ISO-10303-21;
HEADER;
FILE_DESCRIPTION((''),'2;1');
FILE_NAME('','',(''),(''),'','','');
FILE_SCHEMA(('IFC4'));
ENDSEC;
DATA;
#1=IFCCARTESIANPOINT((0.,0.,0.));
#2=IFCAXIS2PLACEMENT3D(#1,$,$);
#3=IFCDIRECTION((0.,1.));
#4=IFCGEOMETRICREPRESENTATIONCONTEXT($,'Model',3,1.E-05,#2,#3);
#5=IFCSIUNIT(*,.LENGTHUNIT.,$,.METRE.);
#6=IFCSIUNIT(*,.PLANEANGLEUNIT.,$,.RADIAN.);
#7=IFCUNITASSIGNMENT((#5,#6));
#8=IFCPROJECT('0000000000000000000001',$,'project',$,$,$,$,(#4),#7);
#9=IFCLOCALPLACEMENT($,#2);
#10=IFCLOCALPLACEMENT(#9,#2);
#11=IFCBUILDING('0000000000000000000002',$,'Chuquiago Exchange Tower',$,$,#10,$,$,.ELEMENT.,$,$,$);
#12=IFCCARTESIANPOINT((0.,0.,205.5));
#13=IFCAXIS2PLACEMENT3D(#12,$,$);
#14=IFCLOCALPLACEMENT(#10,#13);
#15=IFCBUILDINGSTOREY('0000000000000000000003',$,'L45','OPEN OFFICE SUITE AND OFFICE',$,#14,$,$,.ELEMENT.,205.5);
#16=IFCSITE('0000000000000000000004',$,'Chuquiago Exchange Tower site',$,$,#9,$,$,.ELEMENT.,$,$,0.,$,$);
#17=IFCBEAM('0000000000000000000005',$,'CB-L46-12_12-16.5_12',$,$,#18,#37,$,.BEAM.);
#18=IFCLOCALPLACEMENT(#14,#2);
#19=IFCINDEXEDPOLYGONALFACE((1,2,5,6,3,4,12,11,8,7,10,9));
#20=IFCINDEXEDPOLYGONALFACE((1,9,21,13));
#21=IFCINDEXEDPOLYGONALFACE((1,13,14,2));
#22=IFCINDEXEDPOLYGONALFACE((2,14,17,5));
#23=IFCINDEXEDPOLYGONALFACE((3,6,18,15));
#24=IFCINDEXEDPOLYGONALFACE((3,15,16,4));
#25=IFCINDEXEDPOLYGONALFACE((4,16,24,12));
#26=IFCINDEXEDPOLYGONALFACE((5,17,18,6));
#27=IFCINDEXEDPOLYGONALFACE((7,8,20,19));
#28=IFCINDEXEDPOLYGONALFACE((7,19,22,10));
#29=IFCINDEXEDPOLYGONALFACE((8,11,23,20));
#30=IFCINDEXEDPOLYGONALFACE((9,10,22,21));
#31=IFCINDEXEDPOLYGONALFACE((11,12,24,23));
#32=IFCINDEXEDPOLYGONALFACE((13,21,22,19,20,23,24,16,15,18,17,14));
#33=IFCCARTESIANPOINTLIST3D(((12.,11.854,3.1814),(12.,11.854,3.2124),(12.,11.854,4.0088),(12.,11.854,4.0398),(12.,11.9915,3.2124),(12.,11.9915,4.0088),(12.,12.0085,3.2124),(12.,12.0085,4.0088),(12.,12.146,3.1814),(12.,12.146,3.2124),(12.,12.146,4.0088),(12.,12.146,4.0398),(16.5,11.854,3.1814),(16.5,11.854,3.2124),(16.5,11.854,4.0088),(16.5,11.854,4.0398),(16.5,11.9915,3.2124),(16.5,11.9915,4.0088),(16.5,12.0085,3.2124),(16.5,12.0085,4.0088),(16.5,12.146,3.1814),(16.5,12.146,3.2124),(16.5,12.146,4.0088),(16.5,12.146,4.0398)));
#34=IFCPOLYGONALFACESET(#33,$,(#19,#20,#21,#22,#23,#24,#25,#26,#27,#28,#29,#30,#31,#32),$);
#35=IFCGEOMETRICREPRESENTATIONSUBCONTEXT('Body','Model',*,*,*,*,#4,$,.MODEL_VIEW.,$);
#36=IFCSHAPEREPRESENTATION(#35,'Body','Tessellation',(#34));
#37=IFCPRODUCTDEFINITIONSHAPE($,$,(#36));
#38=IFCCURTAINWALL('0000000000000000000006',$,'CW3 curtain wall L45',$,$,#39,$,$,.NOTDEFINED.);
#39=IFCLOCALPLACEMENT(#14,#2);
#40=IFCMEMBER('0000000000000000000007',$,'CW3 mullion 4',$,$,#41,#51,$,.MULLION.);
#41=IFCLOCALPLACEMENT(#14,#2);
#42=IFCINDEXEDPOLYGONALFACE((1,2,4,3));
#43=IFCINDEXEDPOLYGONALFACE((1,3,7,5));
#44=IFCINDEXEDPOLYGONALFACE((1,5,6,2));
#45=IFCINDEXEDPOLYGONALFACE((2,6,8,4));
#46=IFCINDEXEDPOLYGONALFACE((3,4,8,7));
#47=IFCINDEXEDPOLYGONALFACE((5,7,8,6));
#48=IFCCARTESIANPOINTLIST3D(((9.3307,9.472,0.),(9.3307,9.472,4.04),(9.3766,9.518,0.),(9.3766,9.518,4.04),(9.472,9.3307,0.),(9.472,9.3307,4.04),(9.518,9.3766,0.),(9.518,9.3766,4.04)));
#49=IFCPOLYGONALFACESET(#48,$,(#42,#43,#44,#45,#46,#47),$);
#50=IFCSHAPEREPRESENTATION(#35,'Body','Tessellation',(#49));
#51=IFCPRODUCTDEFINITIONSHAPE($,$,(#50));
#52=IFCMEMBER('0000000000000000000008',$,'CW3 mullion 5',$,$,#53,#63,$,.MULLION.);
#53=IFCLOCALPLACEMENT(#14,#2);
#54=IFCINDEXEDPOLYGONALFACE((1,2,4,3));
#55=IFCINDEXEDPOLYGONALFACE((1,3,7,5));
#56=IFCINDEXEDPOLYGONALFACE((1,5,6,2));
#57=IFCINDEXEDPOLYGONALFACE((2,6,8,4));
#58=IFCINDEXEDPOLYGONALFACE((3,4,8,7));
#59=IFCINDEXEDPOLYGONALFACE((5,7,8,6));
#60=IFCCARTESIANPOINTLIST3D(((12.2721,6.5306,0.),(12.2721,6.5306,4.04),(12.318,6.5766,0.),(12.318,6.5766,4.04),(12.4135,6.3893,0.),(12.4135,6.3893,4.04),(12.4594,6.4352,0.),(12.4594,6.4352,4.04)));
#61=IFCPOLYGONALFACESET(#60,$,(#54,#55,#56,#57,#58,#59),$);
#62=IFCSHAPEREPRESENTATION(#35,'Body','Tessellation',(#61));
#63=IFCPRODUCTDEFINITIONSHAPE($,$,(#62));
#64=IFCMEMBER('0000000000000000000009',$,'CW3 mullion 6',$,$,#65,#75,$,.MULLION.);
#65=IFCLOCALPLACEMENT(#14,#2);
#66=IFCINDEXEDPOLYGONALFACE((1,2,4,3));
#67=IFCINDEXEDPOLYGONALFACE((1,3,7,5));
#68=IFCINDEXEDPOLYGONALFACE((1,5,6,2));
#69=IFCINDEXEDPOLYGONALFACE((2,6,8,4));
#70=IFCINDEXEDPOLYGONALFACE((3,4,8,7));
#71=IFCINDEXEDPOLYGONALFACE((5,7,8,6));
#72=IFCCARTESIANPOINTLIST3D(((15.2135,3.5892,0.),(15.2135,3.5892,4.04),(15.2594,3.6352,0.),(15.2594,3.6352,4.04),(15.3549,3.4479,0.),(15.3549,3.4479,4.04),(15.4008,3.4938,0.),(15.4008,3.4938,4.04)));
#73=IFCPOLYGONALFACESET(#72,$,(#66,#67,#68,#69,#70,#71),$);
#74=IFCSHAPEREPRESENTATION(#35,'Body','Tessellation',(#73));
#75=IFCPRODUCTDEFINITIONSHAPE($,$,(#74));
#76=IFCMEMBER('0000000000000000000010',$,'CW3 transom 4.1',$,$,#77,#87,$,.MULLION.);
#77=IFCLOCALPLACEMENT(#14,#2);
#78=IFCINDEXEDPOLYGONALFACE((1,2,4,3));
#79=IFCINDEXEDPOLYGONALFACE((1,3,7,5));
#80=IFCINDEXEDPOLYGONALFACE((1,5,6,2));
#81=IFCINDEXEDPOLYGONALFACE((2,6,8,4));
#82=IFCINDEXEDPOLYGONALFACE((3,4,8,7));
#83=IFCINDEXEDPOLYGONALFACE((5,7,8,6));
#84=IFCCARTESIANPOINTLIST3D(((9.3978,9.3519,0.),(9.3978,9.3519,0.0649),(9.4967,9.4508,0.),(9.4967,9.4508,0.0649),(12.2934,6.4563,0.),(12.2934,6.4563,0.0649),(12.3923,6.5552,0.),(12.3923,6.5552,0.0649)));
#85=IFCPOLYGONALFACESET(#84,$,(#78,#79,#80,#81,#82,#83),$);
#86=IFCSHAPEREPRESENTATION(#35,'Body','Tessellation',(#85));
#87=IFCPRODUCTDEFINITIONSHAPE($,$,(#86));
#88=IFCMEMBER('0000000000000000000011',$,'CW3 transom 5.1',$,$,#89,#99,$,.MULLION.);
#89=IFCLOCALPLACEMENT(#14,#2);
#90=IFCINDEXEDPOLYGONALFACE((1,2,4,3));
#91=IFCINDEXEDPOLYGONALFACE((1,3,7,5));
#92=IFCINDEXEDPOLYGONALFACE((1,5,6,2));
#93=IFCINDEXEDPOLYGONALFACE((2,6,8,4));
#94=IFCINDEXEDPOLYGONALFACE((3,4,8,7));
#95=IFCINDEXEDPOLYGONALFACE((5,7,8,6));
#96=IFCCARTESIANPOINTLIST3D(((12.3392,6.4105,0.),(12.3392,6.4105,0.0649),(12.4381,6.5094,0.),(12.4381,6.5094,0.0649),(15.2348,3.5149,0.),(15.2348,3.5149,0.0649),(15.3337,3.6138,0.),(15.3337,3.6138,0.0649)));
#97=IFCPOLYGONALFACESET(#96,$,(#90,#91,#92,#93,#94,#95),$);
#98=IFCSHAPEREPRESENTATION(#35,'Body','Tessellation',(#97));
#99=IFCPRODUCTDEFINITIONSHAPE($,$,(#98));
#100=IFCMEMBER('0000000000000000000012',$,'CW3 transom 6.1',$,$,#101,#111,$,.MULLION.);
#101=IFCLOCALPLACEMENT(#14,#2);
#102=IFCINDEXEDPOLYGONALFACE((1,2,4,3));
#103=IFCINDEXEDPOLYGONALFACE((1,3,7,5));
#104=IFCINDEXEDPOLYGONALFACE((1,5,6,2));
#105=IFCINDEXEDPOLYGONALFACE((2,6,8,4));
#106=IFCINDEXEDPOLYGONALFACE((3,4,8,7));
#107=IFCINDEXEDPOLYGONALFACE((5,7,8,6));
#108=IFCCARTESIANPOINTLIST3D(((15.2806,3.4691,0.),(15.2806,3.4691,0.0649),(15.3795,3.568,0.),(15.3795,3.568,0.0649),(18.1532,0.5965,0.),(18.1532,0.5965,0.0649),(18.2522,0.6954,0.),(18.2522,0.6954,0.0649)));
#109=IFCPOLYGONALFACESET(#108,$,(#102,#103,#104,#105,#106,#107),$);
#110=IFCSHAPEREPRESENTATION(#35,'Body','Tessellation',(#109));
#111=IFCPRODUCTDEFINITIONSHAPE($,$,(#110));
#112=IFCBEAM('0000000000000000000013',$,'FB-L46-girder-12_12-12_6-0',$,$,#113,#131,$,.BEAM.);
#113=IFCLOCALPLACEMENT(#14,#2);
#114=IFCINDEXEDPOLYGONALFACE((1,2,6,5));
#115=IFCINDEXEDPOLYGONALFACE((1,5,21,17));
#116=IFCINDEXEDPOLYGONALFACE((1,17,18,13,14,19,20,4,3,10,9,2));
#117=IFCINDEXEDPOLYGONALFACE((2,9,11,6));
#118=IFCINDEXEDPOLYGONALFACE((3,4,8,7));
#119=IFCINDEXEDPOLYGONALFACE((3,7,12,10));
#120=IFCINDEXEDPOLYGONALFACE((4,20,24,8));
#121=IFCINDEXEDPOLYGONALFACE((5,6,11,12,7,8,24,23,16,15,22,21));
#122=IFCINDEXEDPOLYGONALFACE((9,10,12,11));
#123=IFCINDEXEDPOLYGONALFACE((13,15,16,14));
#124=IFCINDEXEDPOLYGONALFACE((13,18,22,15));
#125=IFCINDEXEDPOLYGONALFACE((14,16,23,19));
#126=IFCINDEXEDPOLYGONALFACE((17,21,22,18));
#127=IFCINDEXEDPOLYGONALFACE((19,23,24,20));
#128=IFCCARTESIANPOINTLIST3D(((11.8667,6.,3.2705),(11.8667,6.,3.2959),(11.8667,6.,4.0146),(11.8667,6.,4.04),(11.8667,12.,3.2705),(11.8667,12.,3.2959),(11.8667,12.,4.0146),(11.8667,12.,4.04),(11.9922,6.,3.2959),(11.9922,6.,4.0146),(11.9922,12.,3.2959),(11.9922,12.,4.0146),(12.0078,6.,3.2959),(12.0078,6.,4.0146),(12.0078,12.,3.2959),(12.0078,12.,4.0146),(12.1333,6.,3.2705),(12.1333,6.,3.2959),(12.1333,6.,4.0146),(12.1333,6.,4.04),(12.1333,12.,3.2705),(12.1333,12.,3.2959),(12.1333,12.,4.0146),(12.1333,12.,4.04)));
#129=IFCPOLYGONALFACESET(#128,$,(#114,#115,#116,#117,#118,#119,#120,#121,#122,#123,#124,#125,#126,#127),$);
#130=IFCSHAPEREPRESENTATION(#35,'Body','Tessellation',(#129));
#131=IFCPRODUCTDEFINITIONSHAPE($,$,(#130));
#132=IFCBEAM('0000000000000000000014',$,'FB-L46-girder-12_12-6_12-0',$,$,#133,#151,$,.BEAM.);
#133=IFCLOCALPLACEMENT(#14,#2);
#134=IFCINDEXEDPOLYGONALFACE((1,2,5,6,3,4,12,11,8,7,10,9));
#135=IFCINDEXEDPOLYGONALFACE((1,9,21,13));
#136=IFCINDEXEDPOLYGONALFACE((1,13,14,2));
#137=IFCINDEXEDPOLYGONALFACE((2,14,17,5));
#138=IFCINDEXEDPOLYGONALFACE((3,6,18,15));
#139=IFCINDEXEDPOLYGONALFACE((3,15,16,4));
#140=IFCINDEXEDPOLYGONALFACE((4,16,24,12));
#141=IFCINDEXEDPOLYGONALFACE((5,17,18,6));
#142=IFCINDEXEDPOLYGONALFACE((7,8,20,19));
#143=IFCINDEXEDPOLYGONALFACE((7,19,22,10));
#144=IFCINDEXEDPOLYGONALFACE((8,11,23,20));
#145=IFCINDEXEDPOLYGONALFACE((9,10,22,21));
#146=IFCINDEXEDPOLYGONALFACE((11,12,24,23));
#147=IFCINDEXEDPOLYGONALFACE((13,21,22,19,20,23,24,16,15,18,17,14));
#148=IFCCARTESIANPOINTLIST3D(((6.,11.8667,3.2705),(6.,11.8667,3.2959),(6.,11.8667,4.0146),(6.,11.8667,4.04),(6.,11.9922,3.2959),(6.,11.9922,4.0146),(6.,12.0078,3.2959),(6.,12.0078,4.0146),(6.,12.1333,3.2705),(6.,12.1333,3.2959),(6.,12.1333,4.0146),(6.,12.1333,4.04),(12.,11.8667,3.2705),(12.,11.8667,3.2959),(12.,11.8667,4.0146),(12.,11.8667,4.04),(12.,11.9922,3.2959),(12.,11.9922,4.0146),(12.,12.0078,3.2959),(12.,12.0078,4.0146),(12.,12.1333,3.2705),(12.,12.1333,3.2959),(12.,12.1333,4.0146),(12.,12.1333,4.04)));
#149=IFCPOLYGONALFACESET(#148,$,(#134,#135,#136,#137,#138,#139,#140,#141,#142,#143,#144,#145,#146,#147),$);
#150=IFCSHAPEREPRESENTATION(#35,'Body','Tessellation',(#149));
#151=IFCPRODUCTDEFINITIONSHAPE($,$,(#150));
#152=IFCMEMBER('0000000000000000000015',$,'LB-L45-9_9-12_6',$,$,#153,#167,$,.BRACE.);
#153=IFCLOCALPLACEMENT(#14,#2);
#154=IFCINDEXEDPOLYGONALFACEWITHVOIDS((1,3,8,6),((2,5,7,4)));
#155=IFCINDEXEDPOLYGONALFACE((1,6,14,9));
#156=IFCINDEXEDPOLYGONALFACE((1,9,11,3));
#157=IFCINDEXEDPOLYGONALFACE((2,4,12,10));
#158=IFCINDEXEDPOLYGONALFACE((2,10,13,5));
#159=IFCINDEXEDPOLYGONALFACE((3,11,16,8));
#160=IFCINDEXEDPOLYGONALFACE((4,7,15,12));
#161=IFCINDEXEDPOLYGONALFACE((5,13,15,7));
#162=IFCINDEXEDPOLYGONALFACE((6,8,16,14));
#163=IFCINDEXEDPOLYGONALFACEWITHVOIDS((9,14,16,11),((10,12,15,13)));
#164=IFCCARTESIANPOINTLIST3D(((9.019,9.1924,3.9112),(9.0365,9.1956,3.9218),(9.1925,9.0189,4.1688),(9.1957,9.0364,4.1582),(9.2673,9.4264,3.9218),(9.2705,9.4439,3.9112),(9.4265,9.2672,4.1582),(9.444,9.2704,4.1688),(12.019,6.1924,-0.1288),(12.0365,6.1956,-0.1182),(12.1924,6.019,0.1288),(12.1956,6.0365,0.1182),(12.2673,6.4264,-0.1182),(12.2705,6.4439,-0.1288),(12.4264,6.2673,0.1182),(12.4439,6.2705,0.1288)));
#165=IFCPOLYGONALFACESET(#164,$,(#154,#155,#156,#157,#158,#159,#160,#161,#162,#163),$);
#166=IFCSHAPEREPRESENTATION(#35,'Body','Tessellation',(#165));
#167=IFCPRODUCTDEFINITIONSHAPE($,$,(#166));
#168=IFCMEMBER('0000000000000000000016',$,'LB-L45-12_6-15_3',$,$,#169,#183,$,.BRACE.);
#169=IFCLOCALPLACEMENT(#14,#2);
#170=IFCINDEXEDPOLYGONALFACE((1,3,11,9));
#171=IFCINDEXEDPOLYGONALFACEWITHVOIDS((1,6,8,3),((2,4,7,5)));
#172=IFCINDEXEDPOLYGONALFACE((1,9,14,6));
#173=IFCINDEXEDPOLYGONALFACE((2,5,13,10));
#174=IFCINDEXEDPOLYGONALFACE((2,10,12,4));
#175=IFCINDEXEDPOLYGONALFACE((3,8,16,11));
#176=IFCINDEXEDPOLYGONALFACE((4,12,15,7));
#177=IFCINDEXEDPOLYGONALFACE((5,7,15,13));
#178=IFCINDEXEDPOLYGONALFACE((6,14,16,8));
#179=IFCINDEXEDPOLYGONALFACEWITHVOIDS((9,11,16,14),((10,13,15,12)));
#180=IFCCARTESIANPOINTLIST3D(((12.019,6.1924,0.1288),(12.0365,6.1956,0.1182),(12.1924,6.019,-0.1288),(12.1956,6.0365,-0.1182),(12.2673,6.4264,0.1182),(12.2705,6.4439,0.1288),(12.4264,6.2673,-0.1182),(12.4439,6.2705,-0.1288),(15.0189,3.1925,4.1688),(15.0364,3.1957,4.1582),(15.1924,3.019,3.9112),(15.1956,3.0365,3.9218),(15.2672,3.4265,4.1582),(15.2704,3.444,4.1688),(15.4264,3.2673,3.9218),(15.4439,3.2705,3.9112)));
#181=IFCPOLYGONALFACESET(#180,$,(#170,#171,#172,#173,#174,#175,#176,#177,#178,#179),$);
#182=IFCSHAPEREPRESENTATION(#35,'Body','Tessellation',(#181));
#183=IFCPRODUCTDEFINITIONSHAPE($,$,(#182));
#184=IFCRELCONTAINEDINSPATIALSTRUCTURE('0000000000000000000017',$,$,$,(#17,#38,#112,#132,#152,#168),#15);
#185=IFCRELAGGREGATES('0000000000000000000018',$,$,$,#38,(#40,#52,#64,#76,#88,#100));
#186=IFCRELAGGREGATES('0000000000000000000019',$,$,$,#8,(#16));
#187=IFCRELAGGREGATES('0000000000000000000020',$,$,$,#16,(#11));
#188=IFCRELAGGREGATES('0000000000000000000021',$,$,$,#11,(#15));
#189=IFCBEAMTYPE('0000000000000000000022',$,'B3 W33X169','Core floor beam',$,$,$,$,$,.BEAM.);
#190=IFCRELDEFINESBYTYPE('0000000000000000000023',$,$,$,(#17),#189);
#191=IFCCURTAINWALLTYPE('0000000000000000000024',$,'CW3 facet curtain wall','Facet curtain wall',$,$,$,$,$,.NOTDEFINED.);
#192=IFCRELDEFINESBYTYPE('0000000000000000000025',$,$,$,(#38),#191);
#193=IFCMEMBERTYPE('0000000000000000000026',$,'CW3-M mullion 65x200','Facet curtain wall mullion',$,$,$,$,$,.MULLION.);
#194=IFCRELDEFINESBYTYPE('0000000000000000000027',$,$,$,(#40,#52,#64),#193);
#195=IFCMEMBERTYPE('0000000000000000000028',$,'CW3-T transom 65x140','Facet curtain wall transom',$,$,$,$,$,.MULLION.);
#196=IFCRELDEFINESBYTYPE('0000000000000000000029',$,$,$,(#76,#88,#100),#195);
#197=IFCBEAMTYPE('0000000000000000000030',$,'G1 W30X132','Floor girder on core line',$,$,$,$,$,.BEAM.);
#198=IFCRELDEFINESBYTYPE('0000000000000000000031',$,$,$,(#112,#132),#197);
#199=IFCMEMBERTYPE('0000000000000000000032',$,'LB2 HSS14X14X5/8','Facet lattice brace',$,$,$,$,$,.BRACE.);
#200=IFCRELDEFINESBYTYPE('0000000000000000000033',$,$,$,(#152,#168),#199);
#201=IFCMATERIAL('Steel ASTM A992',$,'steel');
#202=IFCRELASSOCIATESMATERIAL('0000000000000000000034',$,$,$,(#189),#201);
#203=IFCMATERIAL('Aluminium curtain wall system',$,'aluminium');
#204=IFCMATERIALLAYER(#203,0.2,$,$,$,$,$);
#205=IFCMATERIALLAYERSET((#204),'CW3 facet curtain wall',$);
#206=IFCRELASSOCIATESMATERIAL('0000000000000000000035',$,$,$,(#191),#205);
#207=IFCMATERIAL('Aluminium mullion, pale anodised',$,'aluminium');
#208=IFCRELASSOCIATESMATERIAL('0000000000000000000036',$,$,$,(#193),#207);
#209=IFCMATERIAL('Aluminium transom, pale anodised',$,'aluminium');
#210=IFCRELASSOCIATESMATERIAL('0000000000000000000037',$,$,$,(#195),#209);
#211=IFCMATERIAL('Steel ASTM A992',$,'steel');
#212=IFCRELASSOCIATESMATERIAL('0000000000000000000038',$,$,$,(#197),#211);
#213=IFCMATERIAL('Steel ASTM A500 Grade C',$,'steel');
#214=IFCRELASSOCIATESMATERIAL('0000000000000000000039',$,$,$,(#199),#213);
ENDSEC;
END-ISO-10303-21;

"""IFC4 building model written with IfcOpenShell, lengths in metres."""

from ifc_helpers import new_model, si_unit, direction, frame, origin, origin_2d, place, context, subcontext, project, spatial, rectangle, hollow_rectangle, i_section, extrude, material, layer, layer_set, material_profile, profile_set, type_object, element, aggregate, save


model = new_model("IFC4")

# Units and contexts
model_context = context("Model", 3, precision=1e-05, world=origin(), true_north=direction((0.0, 1.0)))
body_context = subcontext(model_context, "Body", "Model", "MODEL_VIEW")
ifc_project = project(units=[si_unit("LENGTHUNIT", "METRE"), si_unit("PLANEANGLEUNIT", "RADIAN")], contexts=[model_context])

# Site, building, storey
site_placement = place(None, origin())
site = spatial("IfcSite", under=ifc_project, at=site_placement, Name="Chuquiago Exchange Tower site", CompositionType="ELEMENT", RefElevation=0.0)
building_placement = place(site_placement, origin())
building = spatial("IfcBuilding", under=site, at=building_placement, Name="Chuquiago Exchange Tower", CompositionType="ELEMENT")
storey_placement = place(building_placement, frame((0.0, 0.0, 205.5)))
storey = spatial("IfcBuildingStorey", under=building, at=storey_placement, Name="L45", Description="OPEN OFFICE SUITE AND OFFICE", CompositionType="ELEMENT", Elevation=205.5)

# Beam
ifc_material_1 = material(Name="Steel ASTM A992", Category="steel")
ifc_material_profile_1 = material_profile(ifc_material_1, i_section(OverallWidth=0.292, OverallDepth=0.8584, WebThickness=0.0171, FlangeThickness=0.031, at=origin_2d()), Name="W33X169")
ifc_profile_set_1 = profile_set([ifc_material_profile_1], Name="Steel ASTM A992")
beam_type_1 = type_object("IfcBeamType", Name="B3 W33X169", Description="Core floor beam", PredefinedType="BEAM", material=ifc_profile_set_1)
beam_1_placement = place(storey_placement, frame((12.0, 12.0, 3.6106), z_axis=(1.0, 0.0, 0.0), x_axis=(0.0, 1.0, 0.0)))
element("IfcBeam", 1, at=beam_1_placement, inside=storey, type_object=beam_type_1, Name="CB-L46-12_12-16.5_12", PredefinedType="BEAM", context=body_context, shape_type="SweptSolid", body=[
    extrude(i_section(OverallWidth=0.292, OverallDepth=0.8584, WebThickness=0.0171, FlangeThickness=0.031, at=origin_2d()), origin(), (0.0, 0.0, 1.0), 4.5),
])

# Curtain wall, members
ifc_material_2 = material(Name="Aluminium curtain wall system", Category="aluminium")
ifc_layer_1 = layer(ifc_material_2, 0.2)
ifc_layer_set_1 = layer_set([ifc_layer_1], Name="CW3 facet curtain wall")
curtain_wall_type = type_object("IfcCurtainWallType", Name="CW3 facet curtain wall", Description="Facet curtain wall", PredefinedType="NOTDEFINED", material=ifc_layer_set_1)
curtain_wall_placement = place(storey_placement, origin())
curtain_wall = element("IfcCurtainWall", 2, at=curtain_wall_placement, inside=storey, type_object=curtain_wall_type, Name="CW3 curtain wall L45", PredefinedType="NOTDEFINED")
ifc_material_3 = material(Name="Aluminium mullion, pale anodised", Category="aluminium")
ifc_material_profile_2 = material_profile(ifc_material_3, rectangle(XDim=0.0649, YDim=0.2, at=origin_2d()), Name="AL 65x200")
ifc_profile_set_2 = profile_set([ifc_material_profile_2], Name="Aluminium mullion, pale anodised")
member_type_1 = type_object("IfcMemberType", Name="CW3-M mullion 65x200", Description="Facet curtain wall mullion", PredefinedType="MULLION", material=ifc_profile_set_2)
member_1_placement = place(storey_placement, frame((9.4243, 9.4243, 0.0), z_axis=(0.0, 0.0, 1.0), x_axis=(0.707107, 0.707107, 0.0)))
member_1 = element("IfcMember", 3, at=member_1_placement, type_object=member_type_1, Name="CW3 mullion 4", PredefinedType="MULLION", context=body_context, shape_type="SweptSolid", body=[
    extrude(rectangle(XDim=0.0649, YDim=0.2, at=origin_2d()), origin(), (0.0, 0.0, 1.0), 4.04),
])
member_2_placement = place(storey_placement, frame((12.3657, 6.4829, 0.0), z_axis=(0.0, 0.0, 1.0), x_axis=(0.707107, 0.707107, 0.0)))
member_2 = element("IfcMember", 4, at=member_2_placement, type_object=member_type_1, Name="CW3 mullion 5", PredefinedType="MULLION", context=body_context, shape_type="SweptSolid", body=[
    extrude(rectangle(XDim=0.0649, YDim=0.2, at=origin_2d()), origin(), (0.0, 0.0, 1.0), 4.04),
])
member_3_placement = place(storey_placement, frame((15.3071, 3.5415, 0.0), z_axis=(0.0, 0.0, 1.0), x_axis=(0.707107, 0.707107, 0.0)))
member_3 = element("IfcMember", 5, at=member_3_placement, type_object=member_type_1, Name="CW3 mullion 6", PredefinedType="MULLION", context=body_context, shape_type="SweptSolid", body=[
    extrude(rectangle(XDim=0.0649, YDim=0.2, at=origin_2d()), origin(), (0.0, 0.0, 1.0), 4.04),
])
ifc_material_4 = material(Name="Aluminium transom, pale anodised", Category="aluminium")
ifc_material_profile_3 = material_profile(ifc_material_4, rectangle(XDim=0.1399, YDim=0.0649, at=origin_2d()), Name="AL 140x65")
ifc_profile_set_3 = profile_set([ifc_material_profile_3], Name="Aluminium transom, pale anodised")
member_type_2 = type_object("IfcMemberType", Name="CW3-T transom 65x140", Description="Facet curtain wall transom", PredefinedType="MULLION", material=ifc_profile_set_3)
member_4_placement = place(storey_placement, frame((9.4473, 9.4014, 0.0325), z_axis=(0.707107, -0.707107, 0.0), x_axis=(0.707107, 0.707107, 0.0)))
member_4 = element("IfcMember", 6, at=member_4_placement, type_object=member_type_2, Name="CW3 transom 4.1", PredefinedType="MULLION", context=body_context, shape_type="SweptSolid", body=[
    extrude(rectangle(XDim=0.1399, YDim=0.0649, at=origin_2d()), origin(), (0.0, 0.0, 1.0), 4.095),
])
member_5_placement = place(storey_placement, frame((12.3887, 6.46, 0.0325), z_axis=(0.707107, -0.707107, 0.0), x_axis=(0.707107, 0.707107, 0.0)))
member_5 = element("IfcMember", 7, at=member_5_placement, type_object=member_type_2, Name="CW3 transom 5.1", PredefinedType="MULLION", context=body_context, shape_type="SweptSolid", body=[
    extrude(rectangle(XDim=0.1399, YDim=0.0649, at=origin_2d()), origin(), (0.0, 0.0, 1.0), 4.095),
])
member_6_placement = place(storey_placement, frame((15.3301, 3.5186, 0.0325), z_axis=(0.707107, -0.707107, 0.0), x_axis=(0.707107, 0.707107, 0.0)))
member_6 = element("IfcMember", 8, at=member_6_placement, type_object=member_type_2, Name="CW3 transom 6.1", PredefinedType="MULLION", context=body_context, shape_type="SweptSolid", body=[
    extrude(rectangle(XDim=0.1399, YDim=0.0649, at=origin_2d()), origin(), (0.0, 0.0, 1.0), 4.0625),
])

# Beams
ifc_material_5 = material(Name="Steel ASTM A992", Category="steel")
ifc_material_profile_4 = material_profile(ifc_material_5, i_section(OverallWidth=0.2666, OverallDepth=0.7695, WebThickness=0.0156, FlangeThickness=0.0254, at=origin_2d()), Name="W30X132")
ifc_profile_set_4 = profile_set([ifc_material_profile_4], Name="Steel ASTM A992")
beam_type_2 = type_object("IfcBeamType", Name="G1 W30X132", Description="Floor girder on core line", PredefinedType="BEAM", material=ifc_profile_set_4)
for number, where, z_axis, x_axis, name in (
    (9, (12.0, 12.0, 3.6553), (0.0, -1.0, 0.0), (1.0, 0.0, 0.0), "FB-L46-girder-12_12-12_6-0"),
    (10, (12.0, 12.0, 3.6553), (-1.0, 0.0, 0.0), (0.0, -1.0, 0.0), "FB-L46-girder-12_12-6_12-0"),
):
    element("IfcBeam", number, at=place(storey_placement, frame(where, z_axis=z_axis, x_axis=x_axis)), inside=storey, type_object=beam_type_2, Name=name, PredefinedType="BEAM", context=body_context, shape_type="SweptSolid", body=[
        extrude(i_section(OverallWidth=0.2666, OverallDepth=0.7695, WebThickness=0.0156, FlangeThickness=0.0254, at=origin_2d()), origin(), (0.0, 0.0, 1.0), 6.0),
    ])

# Members
ifc_material_6 = material(Name="Steel ASTM A500 Grade C", Category="steel")
ifc_material_profile_5 = material_profile(ifc_material_6, hollow_rectangle(XDim=0.3557, YDim=0.3557, WallThickness=0.0146, at=origin_2d()), Name="HSS14X14X5/8")
ifc_profile_set_5 = profile_set([ifc_material_profile_5], Name="Steel ASTM A500 Grade C")
member_type_3 = type_object("IfcMemberType", Name="LB2 HSS14X14X5/8", Description="Facet lattice brace", PredefinedType="BRACE", material=ifc_profile_set_5)
for number, where, z_axis, x_axis, name in (
    (11, (12.2314, 6.2314, 0.0), (-0.512077, 0.512077, 0.689604), (-0.707107, -0.707107, 0.0), "LB-L45-9_9-12_6"),
    (12, (12.2314, 6.2314, 0.0), (0.512077, -0.512077, 0.689604), (0.707107, 0.707107, 0.0), "LB-L45-12_6-15_3"),
):
    element("IfcMember", number, at=place(storey_placement, frame(where, z_axis=z_axis, x_axis=x_axis)), inside=storey, type_object=member_type_3, Name=name, PredefinedType="BRACE", context=body_context, shape_type="SweptSolid", body=[
        extrude(hollow_rectangle(XDim=0.3557, YDim=0.3557, WallThickness=0.0146, at=origin_2d()), origin(), (0.0, 0.0, 1.0), 5.8584),
    ])

aggregate(curtain_wall, [member_1, member_2, member_3, member_4, member_5, member_6])

save(model, "model.ifc")
